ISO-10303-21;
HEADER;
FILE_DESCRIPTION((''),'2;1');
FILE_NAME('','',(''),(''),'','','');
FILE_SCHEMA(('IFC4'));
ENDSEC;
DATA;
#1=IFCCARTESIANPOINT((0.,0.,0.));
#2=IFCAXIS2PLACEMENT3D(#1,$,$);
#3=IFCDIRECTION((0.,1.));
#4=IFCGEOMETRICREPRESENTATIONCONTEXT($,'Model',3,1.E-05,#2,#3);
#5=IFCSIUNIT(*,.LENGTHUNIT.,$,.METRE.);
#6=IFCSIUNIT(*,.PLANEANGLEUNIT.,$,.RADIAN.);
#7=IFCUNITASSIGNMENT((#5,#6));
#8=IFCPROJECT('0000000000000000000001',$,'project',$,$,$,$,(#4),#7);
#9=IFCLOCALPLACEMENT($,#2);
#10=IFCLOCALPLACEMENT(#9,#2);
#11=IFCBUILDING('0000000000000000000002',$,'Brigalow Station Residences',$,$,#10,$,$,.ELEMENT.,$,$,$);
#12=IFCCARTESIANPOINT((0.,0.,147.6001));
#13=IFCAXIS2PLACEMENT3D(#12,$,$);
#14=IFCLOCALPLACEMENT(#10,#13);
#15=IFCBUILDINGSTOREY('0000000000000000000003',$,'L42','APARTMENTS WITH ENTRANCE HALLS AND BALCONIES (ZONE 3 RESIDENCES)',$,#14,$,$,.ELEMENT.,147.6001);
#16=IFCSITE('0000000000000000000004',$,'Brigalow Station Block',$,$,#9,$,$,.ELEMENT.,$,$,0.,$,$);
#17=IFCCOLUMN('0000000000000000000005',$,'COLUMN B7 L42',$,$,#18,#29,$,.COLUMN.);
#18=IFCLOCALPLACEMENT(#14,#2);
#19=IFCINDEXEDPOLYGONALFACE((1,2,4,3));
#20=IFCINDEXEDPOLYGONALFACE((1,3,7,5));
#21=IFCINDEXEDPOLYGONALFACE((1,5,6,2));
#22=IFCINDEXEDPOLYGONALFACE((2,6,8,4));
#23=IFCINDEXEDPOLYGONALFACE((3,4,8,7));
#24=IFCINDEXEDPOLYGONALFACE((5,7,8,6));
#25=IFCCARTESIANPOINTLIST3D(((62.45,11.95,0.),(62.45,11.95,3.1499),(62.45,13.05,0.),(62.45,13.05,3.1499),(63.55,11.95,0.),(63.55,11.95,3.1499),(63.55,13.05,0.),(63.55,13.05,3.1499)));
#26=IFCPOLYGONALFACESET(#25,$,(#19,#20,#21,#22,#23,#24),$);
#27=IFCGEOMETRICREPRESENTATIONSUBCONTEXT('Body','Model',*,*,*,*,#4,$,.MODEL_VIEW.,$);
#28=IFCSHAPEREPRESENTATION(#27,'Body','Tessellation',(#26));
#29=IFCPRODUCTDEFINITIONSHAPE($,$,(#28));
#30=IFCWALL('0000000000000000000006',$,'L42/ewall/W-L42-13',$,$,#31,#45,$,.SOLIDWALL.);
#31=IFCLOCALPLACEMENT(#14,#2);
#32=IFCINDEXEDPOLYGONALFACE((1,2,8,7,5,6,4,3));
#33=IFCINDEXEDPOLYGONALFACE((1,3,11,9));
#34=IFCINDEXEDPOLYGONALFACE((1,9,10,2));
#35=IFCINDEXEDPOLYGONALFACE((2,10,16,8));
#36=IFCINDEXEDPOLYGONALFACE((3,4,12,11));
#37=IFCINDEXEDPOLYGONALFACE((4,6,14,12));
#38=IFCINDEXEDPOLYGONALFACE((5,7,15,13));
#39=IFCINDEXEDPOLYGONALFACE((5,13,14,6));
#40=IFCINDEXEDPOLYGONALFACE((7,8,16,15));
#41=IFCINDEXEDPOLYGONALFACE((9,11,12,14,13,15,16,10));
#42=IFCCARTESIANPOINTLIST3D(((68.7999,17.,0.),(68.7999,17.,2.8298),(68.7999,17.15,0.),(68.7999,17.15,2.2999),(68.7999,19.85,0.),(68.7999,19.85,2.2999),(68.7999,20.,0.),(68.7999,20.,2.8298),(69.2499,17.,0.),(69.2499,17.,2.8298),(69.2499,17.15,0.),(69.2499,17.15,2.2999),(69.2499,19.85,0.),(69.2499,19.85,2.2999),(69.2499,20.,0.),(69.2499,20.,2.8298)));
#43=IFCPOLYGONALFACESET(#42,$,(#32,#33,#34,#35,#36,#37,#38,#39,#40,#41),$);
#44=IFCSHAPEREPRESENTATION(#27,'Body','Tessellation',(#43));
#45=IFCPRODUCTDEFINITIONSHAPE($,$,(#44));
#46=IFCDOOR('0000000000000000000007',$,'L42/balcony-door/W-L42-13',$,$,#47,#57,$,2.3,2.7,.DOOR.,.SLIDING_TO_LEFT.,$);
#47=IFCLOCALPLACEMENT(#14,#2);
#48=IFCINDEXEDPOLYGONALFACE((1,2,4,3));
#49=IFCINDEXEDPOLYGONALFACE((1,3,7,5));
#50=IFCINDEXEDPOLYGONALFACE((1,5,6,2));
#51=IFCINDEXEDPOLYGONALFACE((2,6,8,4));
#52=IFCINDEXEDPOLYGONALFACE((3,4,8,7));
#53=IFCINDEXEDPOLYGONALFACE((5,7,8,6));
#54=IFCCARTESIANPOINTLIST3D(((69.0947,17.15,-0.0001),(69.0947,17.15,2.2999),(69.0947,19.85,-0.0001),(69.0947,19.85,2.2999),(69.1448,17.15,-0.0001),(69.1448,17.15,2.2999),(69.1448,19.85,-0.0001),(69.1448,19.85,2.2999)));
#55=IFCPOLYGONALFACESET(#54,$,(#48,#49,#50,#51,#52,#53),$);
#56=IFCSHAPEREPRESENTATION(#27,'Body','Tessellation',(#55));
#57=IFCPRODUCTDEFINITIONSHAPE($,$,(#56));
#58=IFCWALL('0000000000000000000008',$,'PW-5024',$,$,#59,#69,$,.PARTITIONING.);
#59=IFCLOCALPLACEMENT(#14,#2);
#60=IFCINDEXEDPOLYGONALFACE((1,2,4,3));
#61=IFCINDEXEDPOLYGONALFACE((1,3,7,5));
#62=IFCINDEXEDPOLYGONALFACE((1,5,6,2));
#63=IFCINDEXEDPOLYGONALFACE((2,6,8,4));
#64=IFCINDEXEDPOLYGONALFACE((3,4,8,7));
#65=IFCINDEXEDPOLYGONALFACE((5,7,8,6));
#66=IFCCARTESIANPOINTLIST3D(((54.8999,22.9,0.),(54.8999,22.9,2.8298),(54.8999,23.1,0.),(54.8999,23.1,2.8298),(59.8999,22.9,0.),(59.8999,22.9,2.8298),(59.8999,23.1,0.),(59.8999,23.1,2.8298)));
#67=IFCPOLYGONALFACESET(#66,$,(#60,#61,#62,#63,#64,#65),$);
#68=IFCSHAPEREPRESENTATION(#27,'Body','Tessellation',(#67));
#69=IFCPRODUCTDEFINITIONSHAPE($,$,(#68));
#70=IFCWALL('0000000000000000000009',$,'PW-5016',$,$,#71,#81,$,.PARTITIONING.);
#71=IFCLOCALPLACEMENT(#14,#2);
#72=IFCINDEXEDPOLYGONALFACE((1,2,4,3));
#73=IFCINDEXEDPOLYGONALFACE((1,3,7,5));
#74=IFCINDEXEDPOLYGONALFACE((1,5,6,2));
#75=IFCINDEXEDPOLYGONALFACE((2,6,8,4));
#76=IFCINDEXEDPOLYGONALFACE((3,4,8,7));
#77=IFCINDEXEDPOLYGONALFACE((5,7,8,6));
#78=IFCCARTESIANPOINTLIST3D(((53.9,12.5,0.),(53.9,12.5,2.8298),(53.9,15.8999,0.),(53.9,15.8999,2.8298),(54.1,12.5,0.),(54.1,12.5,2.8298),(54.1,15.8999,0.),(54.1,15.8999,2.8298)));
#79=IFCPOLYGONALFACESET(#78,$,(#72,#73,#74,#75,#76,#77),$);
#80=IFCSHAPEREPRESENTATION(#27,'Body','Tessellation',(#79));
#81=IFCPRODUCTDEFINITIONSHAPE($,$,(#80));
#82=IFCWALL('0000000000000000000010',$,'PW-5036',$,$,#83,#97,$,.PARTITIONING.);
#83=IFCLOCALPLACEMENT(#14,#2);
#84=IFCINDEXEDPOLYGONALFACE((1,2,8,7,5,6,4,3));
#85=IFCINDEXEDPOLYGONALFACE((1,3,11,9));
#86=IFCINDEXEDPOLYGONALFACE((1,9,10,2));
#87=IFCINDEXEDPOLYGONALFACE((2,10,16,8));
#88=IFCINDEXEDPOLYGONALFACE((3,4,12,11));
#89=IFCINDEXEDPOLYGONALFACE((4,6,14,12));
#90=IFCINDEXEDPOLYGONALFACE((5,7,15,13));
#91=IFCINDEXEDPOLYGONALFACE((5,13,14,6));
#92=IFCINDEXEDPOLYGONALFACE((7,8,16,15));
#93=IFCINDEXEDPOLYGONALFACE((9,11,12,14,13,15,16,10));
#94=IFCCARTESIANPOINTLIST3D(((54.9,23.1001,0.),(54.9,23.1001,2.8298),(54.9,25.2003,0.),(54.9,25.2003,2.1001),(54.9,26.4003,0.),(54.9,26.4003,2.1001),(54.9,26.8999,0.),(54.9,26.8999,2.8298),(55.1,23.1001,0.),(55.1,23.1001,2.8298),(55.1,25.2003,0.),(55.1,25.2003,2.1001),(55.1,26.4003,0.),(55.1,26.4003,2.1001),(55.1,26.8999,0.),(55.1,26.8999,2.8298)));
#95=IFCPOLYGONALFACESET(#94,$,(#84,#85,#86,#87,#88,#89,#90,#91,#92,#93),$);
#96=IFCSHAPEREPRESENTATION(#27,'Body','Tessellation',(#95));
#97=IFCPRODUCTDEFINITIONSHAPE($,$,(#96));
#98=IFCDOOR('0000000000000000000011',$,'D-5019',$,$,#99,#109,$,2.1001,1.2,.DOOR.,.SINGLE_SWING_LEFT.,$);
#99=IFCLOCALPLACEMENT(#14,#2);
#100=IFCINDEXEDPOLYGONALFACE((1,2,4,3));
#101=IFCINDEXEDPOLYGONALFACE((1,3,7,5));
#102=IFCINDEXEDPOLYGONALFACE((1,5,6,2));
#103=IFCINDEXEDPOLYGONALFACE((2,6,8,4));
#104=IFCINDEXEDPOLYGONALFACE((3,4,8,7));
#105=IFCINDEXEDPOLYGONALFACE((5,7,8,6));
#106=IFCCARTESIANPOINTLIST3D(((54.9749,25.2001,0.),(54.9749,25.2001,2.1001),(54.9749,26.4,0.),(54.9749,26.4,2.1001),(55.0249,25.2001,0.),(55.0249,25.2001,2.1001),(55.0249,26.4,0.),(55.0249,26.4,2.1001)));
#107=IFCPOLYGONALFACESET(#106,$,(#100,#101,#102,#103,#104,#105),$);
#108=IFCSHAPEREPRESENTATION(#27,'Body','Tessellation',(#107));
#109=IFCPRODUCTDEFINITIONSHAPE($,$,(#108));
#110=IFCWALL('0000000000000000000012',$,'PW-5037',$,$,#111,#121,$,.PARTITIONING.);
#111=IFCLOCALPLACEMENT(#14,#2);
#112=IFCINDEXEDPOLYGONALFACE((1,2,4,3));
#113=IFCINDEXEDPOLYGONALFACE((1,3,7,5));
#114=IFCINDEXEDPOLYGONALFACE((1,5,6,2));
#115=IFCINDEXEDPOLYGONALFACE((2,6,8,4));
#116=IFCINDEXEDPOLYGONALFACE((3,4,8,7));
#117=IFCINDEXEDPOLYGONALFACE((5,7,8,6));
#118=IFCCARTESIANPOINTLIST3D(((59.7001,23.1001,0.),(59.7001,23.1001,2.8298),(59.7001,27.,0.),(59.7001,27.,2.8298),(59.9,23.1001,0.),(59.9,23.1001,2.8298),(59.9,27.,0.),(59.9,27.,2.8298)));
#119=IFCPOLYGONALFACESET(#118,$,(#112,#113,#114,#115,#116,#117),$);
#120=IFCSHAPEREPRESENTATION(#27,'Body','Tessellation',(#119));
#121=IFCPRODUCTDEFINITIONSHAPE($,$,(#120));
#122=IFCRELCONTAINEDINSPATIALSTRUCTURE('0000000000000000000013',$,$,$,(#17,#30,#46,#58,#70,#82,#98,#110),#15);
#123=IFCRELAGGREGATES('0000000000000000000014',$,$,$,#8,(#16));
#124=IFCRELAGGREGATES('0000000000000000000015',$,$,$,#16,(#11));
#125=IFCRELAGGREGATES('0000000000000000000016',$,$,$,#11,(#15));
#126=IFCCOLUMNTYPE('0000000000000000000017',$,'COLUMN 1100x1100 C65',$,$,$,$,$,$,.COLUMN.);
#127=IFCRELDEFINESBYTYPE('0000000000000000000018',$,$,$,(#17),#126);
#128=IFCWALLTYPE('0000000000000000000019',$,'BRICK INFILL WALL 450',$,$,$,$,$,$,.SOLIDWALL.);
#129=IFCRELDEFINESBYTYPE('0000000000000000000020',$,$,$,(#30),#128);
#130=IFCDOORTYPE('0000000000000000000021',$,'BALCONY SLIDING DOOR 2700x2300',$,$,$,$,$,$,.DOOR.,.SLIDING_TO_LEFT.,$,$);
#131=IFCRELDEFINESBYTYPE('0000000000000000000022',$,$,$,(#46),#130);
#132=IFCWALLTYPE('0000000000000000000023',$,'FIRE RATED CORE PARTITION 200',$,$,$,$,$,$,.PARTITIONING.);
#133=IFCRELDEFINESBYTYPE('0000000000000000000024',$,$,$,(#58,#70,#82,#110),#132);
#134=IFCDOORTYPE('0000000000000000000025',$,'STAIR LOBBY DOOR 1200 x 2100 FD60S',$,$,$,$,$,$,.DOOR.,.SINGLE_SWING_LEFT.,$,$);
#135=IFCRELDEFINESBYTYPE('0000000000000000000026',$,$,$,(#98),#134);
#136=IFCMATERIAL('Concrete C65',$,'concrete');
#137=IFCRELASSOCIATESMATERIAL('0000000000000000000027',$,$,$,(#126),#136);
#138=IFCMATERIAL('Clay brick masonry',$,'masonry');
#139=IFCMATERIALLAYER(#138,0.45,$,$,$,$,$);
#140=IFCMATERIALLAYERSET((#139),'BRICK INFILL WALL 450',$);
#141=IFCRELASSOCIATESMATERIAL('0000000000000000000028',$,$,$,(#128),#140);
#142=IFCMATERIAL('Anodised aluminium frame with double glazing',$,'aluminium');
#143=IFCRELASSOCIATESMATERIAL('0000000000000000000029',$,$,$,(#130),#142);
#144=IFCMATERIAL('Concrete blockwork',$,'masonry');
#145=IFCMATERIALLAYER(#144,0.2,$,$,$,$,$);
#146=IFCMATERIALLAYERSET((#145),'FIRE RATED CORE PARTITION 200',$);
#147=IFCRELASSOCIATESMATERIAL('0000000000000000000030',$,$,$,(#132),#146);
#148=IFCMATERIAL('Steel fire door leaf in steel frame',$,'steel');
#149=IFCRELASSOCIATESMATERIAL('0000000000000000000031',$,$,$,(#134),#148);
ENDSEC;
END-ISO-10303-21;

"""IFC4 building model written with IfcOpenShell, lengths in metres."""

from ifc_helpers import new_model, si_unit, direction, frame, frame_2d, origin, origin_2d, place, context, subcontext, project, spatial, rectangle, extrude, material, layer, layer_set, material_profile, profile_set, type_object, element, fill, save


model = new_model("IFC4")

# Units and contexts
model_context = context("Model", 3, precision=1e-05, world=origin(), true_north=direction((0.0, 1.0)))
body_context = subcontext(model_context, "Body", "Model", "MODEL_VIEW")
ifc_project = project(units=[si_unit("LENGTHUNIT", "METRE"), si_unit("PLANEANGLEUNIT", "RADIAN")], contexts=[model_context])

# Site, building, storey
site_placement = place(None, origin())
site = spatial("IfcSite", under=ifc_project, at=site_placement, Name="Brigalow Station Block", CompositionType="ELEMENT", RefElevation=0.0)
building_placement = place(site_placement, origin())
building = spatial("IfcBuilding", under=site, at=building_placement, Name="Brigalow Station Residences", CompositionType="ELEMENT")
storey_placement = place(building_placement, frame((0.0, 0.0, 147.6001)))
storey = spatial("IfcBuildingStorey", under=building, at=storey_placement, Name="L42", Description="APARTMENTS WITH ENTRANCE HALLS AND BALCONIES (ZONE 3 RESIDENCES)", CompositionType="ELEMENT", Elevation=147.6001)

# Column
ifc_material_1 = material(Name="Concrete C65", Category="concrete")
ifc_material_profile = material_profile(ifc_material_1, rectangle(XDim=1.1001, YDim=1.1001, at=origin_2d()), Name="RC1100x1100")
ifc_profile_set = profile_set([ifc_material_profile], Name="Concrete C65")
column_type = type_object("IfcColumnType", Name="COLUMN 1100x1100 C65", PredefinedType="COLUMN", material=ifc_profile_set)
column_placement = place(storey_placement, frame((63.0, 12.5, 0.0), z_axis=(0.0, 0.0, 1.0), x_axis=(1.0, 0.0, 0.0)))
element("IfcColumn", 1, at=column_placement, inside=storey, type_object=column_type, Name="COLUMN B7 L42", PredefinedType="COLUMN", context=body_context, shape_type="SweptSolid", body=[
    extrude(rectangle(XDim=1.1001, YDim=1.1001, at=origin_2d()), origin(), (0.0, 0.0, 1.0), 3.1499),
])

# Wall, opening, door
ifc_material_2 = material(Name="Clay brick masonry", Category="masonry")
ifc_layer_1 = layer(ifc_material_2, 0.45)
ifc_layer_set_1 = layer_set([ifc_layer_1], Name="BRICK INFILL WALL 450")
wall_type_1 = type_object("IfcWallType", Name="BRICK INFILL WALL 450", PredefinedType="SOLIDWALL", material=ifc_layer_set_1)
wall_1_placement = place(storey_placement, frame((69.0249, 17.0, 0.0), z_axis=(0.0, 0.0, 1.0), x_axis=(0.0, 1.0, 0.0)))
wall_1 = element("IfcWall", 2, at=wall_1_placement, inside=storey, type_object=wall_type_1, Name="L42/ewall/W-L42-13", PredefinedType="SOLIDWALL", context=body_context, shape_type="SweptSolid", body=[
    extrude(rectangle(XDim=3.0, YDim=0.45, at=frame_2d((1.5, 0.0))), origin(), (0.0, 0.0, 1.0), 2.8298),
])
opening_1_placement = place(wall_1_placement, frame((0.1499, 0.0, 0.0)))
opening_1 = element("IfcOpeningElement", 3, at=opening_1_placement, cuts=wall_1, PredefinedType="OPENING", context=body_context, shape_type="SweptSolid", body=[
    extrude(rectangle(XDim=2.7, YDim=2.3, at=frame_2d((1.3501, 1.1499))), frame((0.0, 0.2349, 0.0), z_axis=(0.0, -1.0, 0.0), x_axis=(1.0, 0.0, 0.0)), (0.0, 0.0, 1.0), 0.47),
])
ifc_material_3 = material(Name="Anodised aluminium frame with double glazing", Category="aluminium")
door_type_1 = type_object("IfcDoorType", Name="BALCONY SLIDING DOOR 2700x2300", OperationType="SLIDING_TO_LEFT", PredefinedType="DOOR", material=ifc_material_3)
door_1_placement = place(opening_1_placement, origin())
door_1 = element("IfcDoor", 4, at=door_1_placement, inside=storey, type_object=door_type_1, Name="L42/balcony-door/W-L42-13", OperationType="SLIDING_TO_LEFT", OverallHeight=2.3, OverallWidth=2.7, PredefinedType="DOOR", context=body_context, shape_type="SweptSolid", body=[
    extrude(rectangle(XDim=2.7, YDim=2.3, at=frame_2d((1.3501, 1.1499))), frame((0.0, -0.0698, 0.0), z_axis=(0.0, -1.0, 0.0), x_axis=(1.0, 0.0, 0.0)), (0.0, 0.0, 1.0), 0.05),
])
fill(opening_1, door_1)

# Walls
ifc_material_4 = material(Name="Concrete blockwork", Category="masonry")
ifc_layer_2 = layer(ifc_material_4, 0.2)
ifc_layer_set_2 = layer_set([ifc_layer_2], Name="FIRE RATED CORE PARTITION 200")
wall_type_2 = type_object("IfcWallType", Name="FIRE RATED CORE PARTITION 200", PredefinedType="PARTITIONING", material=ifc_layer_set_2)
wall_2_placement = place(storey_placement, frame((54.8999, 23.0, 0.0), z_axis=(0.0, 0.0, 1.0), x_axis=(1.0, 0.0, 0.0)))
element("IfcWall", 5, at=wall_2_placement, inside=storey, type_object=wall_type_2, Name="PW-5024", PredefinedType="PARTITIONING", context=body_context, shape_type="SweptSolid", body=[
    extrude(rectangle(XDim=5.0, YDim=0.2, at=frame_2d((2.5, 0.0))), origin(), (0.0, 0.0, 1.0), 2.8298),
])
wall_3_placement = place(storey_placement, frame((54.0, 12.5, 0.0), z_axis=(0.0, 0.0, 1.0), x_axis=(0.0, 1.0, 0.0)))
element("IfcWall", 6, at=wall_3_placement, inside=storey, type_object=wall_type_2, Name="PW-5016", PredefinedType="PARTITIONING", context=body_context, shape_type="SweptSolid", body=[
    extrude(rectangle(XDim=3.3999, YDim=0.2, at=frame_2d((1.7, 0.0))), origin(), (0.0, 0.0, 1.0), 2.8298),
])

# Wall, opening, door
wall_4_placement = place(storey_placement, frame((55.0, 23.1001, 0.0), z_axis=(0.0, 0.0, 1.0), x_axis=(0.0, 1.0, 0.0)))
wall_4 = element("IfcWall", 7, at=wall_4_placement, inside=storey, type_object=wall_type_2, Name="PW-5036", PredefinedType="PARTITIONING", context=body_context, shape_type="SweptSolid", body=[
    extrude(rectangle(XDim=3.7998, YDim=0.2, at=frame_2d((1.8999, 0.0))), origin(), (0.0, 0.0, 1.0), 2.8298),
])
opening_2_placement = place(wall_4_placement, frame((2.1001, 0.0, 0.0)))
opening_2 = element("IfcOpeningElement", 8, at=opening_2_placement, cuts=wall_4, PredefinedType="OPENING", context=body_context, shape_type="SweptSolid", body=[
    extrude(rectangle(XDim=1.2, YDim=2.1001, at=frame_2d((0.6001, 1.05))), frame((0.0, 0.1099, 0.0), z_axis=(0.0, -1.0, 0.0), x_axis=(1.0, 0.0, 0.0)), (0.0, 0.0, 1.0), 0.22),
])
ifc_material_5 = material(Name="Steel fire door leaf in steel frame", Category="steel")
door_type_2 = type_object("IfcDoorType", Name="STAIR LOBBY DOOR 1200 x 2100 FD60S", OperationType="SINGLE_SWING_LEFT", PredefinedType="DOOR", material=ifc_material_5)
door_2_placement = place(opening_2_placement, frame((1.2, 0.0, 0.0), z_axis=(0.0, 0.0, 1.0), x_axis=(-1.0, 0.0, 0.0)))
door_2 = element("IfcDoor", 9, at=door_2_placement, inside=storey, type_object=door_type_2, Name="D-5019", OperationType="SINGLE_SWING_LEFT", OverallHeight=2.1001, OverallWidth=1.2, PredefinedType="DOOR", context=body_context, shape_type="SweptSolid", body=[
    extrude(rectangle(XDim=1.2, YDim=2.1001, at=frame_2d((0.6001, 1.05))), frame((0.0, 0.0249, 0.0), z_axis=(0.0, -1.0, 0.0), x_axis=(1.0, 0.0, 0.0)), (0.0, 0.0, 1.0), 0.05),
])
fill(opening_2, door_2)

# Wall
wall_5_placement = place(storey_placement, frame((59.8, 23.1001, 0.0), z_axis=(0.0, 0.0, 1.0), x_axis=(0.0, 1.0, 0.0)))
element("IfcWall", 10, at=wall_5_placement, inside=storey, type_object=wall_type_2, Name="PW-5037", PredefinedType="PARTITIONING", context=body_context, shape_type="SweptSolid", body=[
    extrude(rectangle(XDim=3.8999, YDim=0.2, at=frame_2d((1.95, 0.0))), origin(), (0.0, 0.0, 1.0), 2.8298),
])

save(model, "model.ifc")
